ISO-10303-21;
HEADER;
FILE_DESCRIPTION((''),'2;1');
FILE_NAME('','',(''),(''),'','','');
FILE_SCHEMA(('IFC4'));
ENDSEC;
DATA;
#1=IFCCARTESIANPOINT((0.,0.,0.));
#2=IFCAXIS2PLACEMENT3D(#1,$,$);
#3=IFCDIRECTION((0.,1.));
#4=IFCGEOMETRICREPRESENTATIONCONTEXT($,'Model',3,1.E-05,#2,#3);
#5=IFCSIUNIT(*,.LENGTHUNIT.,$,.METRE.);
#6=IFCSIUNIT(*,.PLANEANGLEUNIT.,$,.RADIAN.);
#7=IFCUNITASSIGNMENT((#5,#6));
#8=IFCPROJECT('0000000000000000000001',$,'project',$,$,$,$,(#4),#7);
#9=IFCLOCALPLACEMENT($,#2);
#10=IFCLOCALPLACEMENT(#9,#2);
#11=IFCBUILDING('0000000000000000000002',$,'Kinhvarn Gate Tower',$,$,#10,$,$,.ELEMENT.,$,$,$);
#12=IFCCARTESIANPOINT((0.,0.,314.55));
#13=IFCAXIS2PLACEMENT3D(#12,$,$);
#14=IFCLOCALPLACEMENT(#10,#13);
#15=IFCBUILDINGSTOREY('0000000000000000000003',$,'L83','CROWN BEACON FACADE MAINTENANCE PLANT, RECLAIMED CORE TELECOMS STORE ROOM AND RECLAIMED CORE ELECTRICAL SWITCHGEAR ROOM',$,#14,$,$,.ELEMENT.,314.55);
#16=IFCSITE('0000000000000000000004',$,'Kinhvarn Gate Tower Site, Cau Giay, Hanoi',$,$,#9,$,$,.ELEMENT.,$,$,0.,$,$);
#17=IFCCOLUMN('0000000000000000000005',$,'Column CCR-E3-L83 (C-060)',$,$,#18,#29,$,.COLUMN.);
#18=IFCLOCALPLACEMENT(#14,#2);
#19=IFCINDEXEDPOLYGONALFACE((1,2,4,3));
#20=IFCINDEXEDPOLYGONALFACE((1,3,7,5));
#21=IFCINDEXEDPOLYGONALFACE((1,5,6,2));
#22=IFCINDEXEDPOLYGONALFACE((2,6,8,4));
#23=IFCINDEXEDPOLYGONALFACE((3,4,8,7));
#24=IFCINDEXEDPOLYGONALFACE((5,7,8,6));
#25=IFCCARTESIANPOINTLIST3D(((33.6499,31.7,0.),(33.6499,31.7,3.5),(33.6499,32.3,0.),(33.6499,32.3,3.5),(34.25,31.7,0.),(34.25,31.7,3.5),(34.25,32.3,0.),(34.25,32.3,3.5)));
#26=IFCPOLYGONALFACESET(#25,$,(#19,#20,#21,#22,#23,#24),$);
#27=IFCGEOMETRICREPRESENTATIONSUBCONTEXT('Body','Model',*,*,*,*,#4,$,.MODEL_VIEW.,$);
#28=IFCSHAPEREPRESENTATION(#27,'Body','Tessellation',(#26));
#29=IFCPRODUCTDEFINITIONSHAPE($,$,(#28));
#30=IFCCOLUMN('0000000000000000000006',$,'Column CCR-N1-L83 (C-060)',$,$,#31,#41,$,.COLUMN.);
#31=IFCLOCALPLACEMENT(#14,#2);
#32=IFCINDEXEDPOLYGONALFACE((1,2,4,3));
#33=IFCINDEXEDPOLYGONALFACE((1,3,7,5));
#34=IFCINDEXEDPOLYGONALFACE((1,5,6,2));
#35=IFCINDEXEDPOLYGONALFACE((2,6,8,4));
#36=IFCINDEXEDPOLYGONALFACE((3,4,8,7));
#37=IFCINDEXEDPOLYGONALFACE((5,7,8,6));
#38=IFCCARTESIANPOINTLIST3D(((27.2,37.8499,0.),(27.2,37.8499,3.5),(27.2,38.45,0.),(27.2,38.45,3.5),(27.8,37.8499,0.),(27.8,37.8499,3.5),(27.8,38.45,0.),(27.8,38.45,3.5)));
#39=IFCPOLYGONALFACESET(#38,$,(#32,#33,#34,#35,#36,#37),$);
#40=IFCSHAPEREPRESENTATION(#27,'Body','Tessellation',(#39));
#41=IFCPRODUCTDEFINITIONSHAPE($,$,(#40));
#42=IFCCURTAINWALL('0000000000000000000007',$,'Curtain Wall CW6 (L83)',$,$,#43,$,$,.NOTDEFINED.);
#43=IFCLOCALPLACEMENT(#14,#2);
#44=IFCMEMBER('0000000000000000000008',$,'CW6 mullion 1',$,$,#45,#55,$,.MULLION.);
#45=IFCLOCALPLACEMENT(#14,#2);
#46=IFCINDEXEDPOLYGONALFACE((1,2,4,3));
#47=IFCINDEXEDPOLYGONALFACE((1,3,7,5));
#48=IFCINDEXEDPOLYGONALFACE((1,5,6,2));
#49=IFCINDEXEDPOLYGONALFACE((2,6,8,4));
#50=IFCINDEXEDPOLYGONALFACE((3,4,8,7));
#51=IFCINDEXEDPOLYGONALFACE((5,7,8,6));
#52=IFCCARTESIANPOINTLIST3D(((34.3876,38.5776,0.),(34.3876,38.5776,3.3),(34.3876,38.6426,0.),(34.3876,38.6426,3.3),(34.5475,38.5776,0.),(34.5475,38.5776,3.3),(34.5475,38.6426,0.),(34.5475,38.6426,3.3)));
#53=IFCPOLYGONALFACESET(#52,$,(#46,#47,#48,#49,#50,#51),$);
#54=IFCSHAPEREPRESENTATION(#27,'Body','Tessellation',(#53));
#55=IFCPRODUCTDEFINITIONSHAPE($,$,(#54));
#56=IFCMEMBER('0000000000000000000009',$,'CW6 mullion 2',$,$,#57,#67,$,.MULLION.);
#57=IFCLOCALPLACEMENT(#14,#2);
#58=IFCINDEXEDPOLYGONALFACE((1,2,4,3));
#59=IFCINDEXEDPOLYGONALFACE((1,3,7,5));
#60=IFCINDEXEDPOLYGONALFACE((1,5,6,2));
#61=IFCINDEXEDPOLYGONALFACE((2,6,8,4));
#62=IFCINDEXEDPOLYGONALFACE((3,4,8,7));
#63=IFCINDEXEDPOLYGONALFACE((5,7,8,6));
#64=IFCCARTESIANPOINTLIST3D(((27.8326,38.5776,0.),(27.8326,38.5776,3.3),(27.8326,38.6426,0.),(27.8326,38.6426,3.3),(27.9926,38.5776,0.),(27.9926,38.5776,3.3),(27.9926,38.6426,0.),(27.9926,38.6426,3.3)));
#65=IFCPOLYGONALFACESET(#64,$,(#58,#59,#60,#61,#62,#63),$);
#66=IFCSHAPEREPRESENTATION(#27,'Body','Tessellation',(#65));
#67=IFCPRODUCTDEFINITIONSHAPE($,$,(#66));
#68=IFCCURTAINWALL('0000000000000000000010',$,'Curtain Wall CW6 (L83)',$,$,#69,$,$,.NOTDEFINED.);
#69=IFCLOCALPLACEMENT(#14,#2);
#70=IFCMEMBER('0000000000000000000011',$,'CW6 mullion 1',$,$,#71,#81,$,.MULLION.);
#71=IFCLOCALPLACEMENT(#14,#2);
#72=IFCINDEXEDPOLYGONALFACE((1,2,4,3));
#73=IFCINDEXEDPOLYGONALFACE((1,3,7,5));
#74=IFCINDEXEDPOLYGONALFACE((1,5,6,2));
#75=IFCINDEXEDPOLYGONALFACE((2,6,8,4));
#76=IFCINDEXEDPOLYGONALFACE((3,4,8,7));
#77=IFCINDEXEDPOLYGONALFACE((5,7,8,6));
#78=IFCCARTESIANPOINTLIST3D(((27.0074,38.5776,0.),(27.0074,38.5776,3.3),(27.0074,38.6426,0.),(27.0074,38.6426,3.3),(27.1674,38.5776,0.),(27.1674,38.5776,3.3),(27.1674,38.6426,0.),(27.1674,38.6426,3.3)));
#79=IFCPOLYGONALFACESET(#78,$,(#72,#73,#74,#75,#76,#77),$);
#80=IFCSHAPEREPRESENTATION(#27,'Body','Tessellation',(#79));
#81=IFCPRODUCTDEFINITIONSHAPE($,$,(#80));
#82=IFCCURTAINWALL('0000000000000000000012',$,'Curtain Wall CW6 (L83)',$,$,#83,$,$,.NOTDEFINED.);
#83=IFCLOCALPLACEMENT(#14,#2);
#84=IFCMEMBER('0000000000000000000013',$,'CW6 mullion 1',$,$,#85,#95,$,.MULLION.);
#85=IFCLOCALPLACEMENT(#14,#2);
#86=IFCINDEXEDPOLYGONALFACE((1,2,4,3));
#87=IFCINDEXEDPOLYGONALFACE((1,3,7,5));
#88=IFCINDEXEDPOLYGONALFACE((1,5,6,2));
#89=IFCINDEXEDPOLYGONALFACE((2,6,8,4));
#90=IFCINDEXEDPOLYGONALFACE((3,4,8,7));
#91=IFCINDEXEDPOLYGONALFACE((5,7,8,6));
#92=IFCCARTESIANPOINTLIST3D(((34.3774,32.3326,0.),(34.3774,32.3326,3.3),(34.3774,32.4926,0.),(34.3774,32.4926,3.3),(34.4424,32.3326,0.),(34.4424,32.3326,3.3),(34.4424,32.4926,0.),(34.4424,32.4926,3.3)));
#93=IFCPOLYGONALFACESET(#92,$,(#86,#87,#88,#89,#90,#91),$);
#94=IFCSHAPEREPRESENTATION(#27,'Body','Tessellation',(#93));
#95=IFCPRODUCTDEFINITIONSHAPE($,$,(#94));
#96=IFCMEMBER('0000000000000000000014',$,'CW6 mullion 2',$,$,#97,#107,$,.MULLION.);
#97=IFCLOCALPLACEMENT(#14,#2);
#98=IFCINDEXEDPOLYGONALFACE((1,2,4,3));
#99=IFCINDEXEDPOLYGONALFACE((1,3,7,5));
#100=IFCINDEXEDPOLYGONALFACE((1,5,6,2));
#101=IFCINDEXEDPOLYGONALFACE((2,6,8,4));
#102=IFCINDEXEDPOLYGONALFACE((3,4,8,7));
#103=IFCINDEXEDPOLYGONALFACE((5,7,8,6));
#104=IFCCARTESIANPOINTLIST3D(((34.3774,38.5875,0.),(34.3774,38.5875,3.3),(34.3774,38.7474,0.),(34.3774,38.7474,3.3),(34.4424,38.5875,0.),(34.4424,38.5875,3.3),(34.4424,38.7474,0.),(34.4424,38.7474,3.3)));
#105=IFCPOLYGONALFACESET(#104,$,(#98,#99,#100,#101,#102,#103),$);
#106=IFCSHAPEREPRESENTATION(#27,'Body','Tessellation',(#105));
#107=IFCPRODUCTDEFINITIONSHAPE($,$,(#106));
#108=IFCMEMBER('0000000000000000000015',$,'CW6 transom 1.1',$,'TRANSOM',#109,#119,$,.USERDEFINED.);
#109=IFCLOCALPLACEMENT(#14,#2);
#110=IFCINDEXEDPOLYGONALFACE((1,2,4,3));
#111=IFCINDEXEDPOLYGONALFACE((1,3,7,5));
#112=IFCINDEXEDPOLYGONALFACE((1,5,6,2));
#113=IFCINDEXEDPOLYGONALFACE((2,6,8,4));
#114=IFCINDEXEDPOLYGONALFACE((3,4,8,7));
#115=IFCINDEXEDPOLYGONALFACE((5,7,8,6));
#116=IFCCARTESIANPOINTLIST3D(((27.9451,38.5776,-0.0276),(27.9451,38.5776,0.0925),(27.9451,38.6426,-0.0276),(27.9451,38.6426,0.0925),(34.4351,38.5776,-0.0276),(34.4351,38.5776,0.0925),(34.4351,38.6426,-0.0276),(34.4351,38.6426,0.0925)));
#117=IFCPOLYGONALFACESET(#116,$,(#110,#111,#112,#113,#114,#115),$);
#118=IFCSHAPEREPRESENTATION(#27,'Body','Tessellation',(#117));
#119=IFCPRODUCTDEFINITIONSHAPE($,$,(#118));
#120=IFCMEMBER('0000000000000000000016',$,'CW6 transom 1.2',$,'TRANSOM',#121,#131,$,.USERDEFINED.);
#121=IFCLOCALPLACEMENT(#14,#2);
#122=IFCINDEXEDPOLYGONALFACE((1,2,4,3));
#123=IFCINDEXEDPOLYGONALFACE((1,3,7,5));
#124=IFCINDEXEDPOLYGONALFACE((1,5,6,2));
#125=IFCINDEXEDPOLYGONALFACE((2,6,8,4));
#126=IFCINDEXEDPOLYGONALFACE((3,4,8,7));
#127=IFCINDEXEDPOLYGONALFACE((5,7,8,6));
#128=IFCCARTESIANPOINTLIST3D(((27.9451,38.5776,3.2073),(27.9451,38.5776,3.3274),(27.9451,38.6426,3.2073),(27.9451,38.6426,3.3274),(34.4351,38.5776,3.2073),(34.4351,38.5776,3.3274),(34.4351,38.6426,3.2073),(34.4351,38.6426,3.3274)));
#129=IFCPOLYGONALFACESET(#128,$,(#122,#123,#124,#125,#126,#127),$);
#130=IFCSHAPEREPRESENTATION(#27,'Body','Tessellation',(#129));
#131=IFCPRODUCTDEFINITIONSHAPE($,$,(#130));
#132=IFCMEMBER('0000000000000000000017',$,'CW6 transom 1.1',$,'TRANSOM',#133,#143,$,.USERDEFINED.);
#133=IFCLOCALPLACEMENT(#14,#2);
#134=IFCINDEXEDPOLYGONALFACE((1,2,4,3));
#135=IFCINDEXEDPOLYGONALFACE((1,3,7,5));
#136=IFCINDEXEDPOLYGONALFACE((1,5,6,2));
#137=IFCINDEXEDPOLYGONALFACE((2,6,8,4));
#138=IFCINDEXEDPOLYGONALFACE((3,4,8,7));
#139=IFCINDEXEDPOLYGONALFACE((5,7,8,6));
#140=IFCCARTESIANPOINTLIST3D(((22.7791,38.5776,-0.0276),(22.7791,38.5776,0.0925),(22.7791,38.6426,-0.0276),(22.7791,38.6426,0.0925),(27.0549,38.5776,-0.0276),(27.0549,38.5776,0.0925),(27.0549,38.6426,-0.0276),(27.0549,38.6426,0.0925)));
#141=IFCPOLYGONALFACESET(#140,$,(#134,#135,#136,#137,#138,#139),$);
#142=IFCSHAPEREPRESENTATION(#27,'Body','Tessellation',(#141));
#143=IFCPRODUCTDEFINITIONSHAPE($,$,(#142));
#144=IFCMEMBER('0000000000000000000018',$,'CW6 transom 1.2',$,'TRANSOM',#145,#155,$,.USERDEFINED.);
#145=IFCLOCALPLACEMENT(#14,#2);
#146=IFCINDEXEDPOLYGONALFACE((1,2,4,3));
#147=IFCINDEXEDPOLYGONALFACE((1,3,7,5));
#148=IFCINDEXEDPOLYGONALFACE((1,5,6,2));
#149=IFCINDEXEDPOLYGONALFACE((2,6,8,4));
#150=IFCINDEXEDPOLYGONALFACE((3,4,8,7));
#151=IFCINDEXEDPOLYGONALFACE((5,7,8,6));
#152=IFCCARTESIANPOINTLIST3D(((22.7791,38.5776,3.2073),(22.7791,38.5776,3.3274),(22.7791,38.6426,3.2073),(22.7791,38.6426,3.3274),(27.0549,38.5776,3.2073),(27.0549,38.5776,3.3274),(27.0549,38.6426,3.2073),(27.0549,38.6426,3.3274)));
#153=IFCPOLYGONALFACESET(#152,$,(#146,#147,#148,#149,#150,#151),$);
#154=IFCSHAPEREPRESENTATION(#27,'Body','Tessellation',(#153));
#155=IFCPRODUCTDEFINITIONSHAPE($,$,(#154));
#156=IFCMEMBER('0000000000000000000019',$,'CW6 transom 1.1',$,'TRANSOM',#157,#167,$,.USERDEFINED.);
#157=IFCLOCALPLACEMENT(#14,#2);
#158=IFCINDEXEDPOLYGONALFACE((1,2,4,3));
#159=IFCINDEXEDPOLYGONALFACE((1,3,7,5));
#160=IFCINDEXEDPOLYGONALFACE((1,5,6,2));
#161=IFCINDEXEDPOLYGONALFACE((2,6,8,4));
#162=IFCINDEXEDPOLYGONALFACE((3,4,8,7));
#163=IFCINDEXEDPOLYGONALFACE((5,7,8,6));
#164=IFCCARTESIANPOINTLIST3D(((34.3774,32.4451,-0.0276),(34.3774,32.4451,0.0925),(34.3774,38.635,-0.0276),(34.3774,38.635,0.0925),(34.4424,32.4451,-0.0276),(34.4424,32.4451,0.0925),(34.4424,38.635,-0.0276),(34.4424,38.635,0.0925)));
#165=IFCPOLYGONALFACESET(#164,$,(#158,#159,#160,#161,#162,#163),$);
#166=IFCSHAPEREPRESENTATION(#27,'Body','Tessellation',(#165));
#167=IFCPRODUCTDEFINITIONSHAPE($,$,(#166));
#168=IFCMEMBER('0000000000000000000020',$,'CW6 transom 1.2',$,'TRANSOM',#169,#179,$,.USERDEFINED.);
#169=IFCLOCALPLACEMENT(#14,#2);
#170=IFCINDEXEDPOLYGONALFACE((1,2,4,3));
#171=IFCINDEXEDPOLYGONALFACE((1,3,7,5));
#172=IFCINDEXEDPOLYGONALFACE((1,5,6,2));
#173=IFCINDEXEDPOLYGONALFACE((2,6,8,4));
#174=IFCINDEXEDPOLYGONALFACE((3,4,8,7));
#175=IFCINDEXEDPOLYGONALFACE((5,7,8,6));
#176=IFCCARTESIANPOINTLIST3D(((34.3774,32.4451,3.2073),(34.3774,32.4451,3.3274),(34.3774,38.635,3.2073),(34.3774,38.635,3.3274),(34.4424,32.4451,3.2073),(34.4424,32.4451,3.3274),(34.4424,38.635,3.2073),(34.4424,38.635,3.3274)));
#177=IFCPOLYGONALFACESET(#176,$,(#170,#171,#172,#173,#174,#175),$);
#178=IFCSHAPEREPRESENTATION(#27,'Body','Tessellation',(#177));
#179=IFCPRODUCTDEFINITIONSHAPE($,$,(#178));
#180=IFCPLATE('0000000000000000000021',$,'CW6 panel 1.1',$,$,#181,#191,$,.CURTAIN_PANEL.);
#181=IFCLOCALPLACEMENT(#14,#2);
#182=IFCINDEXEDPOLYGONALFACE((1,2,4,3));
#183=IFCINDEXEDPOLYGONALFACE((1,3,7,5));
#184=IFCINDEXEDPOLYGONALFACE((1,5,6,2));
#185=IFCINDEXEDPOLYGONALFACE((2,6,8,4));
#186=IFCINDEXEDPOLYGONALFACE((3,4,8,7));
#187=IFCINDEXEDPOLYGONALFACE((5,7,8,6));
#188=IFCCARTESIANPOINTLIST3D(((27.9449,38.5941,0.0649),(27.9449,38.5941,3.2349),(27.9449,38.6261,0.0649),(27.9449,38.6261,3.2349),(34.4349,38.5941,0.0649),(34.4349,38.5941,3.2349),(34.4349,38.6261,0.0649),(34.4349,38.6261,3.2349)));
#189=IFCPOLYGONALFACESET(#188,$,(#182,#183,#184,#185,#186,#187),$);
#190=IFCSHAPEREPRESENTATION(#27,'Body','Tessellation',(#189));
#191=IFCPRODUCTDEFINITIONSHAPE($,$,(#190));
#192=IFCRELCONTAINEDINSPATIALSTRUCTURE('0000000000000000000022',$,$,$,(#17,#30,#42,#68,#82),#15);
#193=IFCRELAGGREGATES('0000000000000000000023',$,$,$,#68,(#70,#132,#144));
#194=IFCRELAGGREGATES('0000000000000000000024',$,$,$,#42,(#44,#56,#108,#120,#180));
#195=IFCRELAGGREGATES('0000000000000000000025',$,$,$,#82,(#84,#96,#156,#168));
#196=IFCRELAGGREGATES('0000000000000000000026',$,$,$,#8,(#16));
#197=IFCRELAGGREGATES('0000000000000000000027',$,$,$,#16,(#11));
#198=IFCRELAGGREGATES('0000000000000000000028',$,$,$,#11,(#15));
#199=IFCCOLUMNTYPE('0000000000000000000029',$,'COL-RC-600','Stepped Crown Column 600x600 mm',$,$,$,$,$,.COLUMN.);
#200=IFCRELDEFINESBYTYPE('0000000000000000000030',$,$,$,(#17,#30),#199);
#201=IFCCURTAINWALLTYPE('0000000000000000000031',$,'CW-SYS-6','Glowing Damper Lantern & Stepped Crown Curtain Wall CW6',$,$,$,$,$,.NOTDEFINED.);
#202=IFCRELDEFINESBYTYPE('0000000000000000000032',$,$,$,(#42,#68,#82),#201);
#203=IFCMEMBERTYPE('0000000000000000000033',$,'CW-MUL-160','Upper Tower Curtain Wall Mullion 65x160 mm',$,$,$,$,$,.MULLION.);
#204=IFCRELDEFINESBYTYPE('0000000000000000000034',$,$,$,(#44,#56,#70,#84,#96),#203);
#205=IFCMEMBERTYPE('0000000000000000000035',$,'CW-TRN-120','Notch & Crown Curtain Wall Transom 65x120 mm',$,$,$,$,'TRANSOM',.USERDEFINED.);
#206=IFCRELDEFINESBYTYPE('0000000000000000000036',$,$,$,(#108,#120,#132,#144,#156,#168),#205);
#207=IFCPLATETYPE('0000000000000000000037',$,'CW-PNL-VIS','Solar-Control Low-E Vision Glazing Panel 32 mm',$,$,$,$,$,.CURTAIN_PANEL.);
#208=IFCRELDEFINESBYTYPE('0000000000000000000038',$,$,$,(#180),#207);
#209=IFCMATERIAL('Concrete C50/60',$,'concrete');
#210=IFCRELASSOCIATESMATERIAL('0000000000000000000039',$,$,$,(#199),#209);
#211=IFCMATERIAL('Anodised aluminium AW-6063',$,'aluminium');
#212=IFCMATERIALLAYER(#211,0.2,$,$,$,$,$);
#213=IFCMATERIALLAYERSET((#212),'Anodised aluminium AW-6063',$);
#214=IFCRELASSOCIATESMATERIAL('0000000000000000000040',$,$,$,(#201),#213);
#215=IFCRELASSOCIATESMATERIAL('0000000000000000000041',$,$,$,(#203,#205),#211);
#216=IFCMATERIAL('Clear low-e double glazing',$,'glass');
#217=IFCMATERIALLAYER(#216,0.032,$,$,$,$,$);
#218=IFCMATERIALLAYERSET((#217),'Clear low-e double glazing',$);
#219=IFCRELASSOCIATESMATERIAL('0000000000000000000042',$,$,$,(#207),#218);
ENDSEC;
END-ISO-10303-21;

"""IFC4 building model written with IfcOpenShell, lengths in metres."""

from ifc_helpers import new_model, si_unit, direction, frame, origin, origin_2d, place, context, subcontext, project, spatial, rectangle, extrude, material, layer, layer_set, material_profile, profile_set, type_object, element, aggregate, save


model = new_model("IFC4")

# Units and contexts
model_context = context("Model", 3, precision=1e-05, world=origin(), true_north=direction((0.0, 1.0)))
body_context = subcontext(model_context, "Body", "Model", "MODEL_VIEW")
ifc_project = project(units=[si_unit("LENGTHUNIT", "METRE"), si_unit("PLANEANGLEUNIT", "RADIAN")], contexts=[model_context])

# Site, building, storey
site_placement = place(None, origin())
site = spatial("IfcSite", under=ifc_project, at=site_placement, Name="Kinhvarn Gate Tower Site, Cau Giay, Hanoi", CompositionType="ELEMENT", RefElevation=0.0)
building_placement = place(site_placement, origin())
building = spatial("IfcBuilding", under=site, at=building_placement, Name="Kinhvarn Gate Tower", CompositionType="ELEMENT")
storey_placement = place(building_placement, frame((0.0, 0.0, 314.55)))
storey = spatial("IfcBuildingStorey", under=building, at=storey_placement, Name="L83", Description="CROWN BEACON FACADE MAINTENANCE PLANT, RECLAIMED CORE TELECOMS STORE ROOM AND RECLAIMED CORE ELECTRICAL SWITCHGEAR ROOM", CompositionType="ELEMENT", Elevation=314.55)

# Columns
ifc_material_1 = material(Name="Concrete C50/60", Category="concrete")
ifc_material_profile_1 = material_profile(ifc_material_1, rectangle(XDim=0.6001, YDim=0.6001, at=origin_2d()), Name="RC 600x600")
ifc_profile_set_1 = profile_set([ifc_material_profile_1], Name="Concrete C50/60")
column_type = type_object("IfcColumnType", Name="COL-RC-600", Description="Stepped Crown Column 600x600 mm", PredefinedType="COLUMN", material=ifc_profile_set_1)
for number, where, z_axis, x_axis, name in (
    (1, (33.95, 32.0, 0.0), (0.0, 0.0, 1.0), (1.0, 0.0, 0.0), "Column CCR-E3-L83 (C-060)"),
    (2, (27.5, 38.1499, 0.0), (0.0, 0.0, 1.0), (1.0, 0.0, 0.0), "Column CCR-N1-L83 (C-060)"),
):
    element("IfcColumn", number, at=place(storey_placement, frame(where, z_axis=z_axis, x_axis=x_axis)), inside=storey, type_object=column_type, Name=name, PredefinedType="COLUMN", context=body_context, shape_type="SweptSolid", body=[
        extrude(rectangle(XDim=0.6001, YDim=0.6001, at=origin_2d()), origin(), (0.0, 0.0, 1.0), 3.5),
    ])

# Curtain wall, members
ifc_material_2 = material(Name="Anodised aluminium AW-6063", Category="aluminium")
ifc_layer_1 = layer(ifc_material_2, 0.2)
ifc_layer_set_1 = layer_set([ifc_layer_1], Name="Anodised aluminium AW-6063")
curtain_wall_type = type_object("IfcCurtainWallType", Name="CW-SYS-6", Description="Glowing Damper Lantern & Stepped Crown Curtain Wall CW6", PredefinedType="NOTDEFINED", material=ifc_layer_set_1)
curtain_wall_1_placement = place(storey_placement, origin())
curtain_wall_1 = element("IfcCurtainWall", 3, at=curtain_wall_1_placement, inside=storey, type_object=curtain_wall_type, Name="Curtain Wall CW6 (L83)", PredefinedType="NOTDEFINED")
ifc_material_profile_2 = material_profile(ifc_material_2, rectangle(XDim=0.0649, YDim=0.1599, at=origin_2d()), Name="ALU 65x160")
ifc_profile_set_2 = profile_set([ifc_material_profile_2], Name="Anodised aluminium AW-6063")
member_type_1 = type_object("IfcMemberType", Name="CW-MUL-160", Description="Upper Tower Curtain Wall Mullion 65x160 mm", PredefinedType="MULLION", material=ifc_profile_set_2)
member_1_placement = place(storey_placement, frame((34.4675, 38.6101, 0.0), z_axis=(0.0, 0.0, 1.0), x_axis=(0.0, -1.0, 0.0)))
member_1 = element("IfcMember", 4, at=member_1_placement, type_object=member_type_1, Name="CW6 mullion 1", PredefinedType="MULLION", context=body_context, shape_type="SweptSolid", body=[
    extrude(rectangle(XDim=0.0649, YDim=0.1599, at=origin_2d()), origin(), (0.0, 0.0, 1.0), 3.3),
])
member_2_placement = place(storey_placement, frame((27.9126, 38.6101, 0.0), z_axis=(0.0, 0.0, 1.0), x_axis=(0.0, -1.0, 0.0)))
member_2 = element("IfcMember", 5, at=member_2_placement, type_object=member_type_1, Name="CW6 mullion 2", PredefinedType="MULLION", context=body_context, shape_type="SweptSolid", body=[
    extrude(rectangle(XDim=0.0649, YDim=0.1599, at=origin_2d()), origin(), (0.0, 0.0, 1.0), 3.3),
])

# Curtain wall, member
curtain_wall_2_placement = place(storey_placement, origin())
curtain_wall_2 = element("IfcCurtainWall", 6, at=curtain_wall_2_placement, inside=storey, type_object=curtain_wall_type, Name="Curtain Wall CW6 (L83)", PredefinedType="NOTDEFINED")
member_3_placement = place(storey_placement, frame((27.0874, 38.6101, 0.0), z_axis=(0.0, 0.0, 1.0), x_axis=(0.0, -1.0, 0.0)))
member_3 = element("IfcMember", 7, at=member_3_placement, type_object=member_type_1, Name="CW6 mullion 1", PredefinedType="MULLION", context=body_context, shape_type="SweptSolid", body=[
    extrude(rectangle(XDim=0.0649, YDim=0.1599, at=origin_2d()), origin(), (0.0, 0.0, 1.0), 3.3),
])

# Curtain wall, members
curtain_wall_3_placement = place(storey_placement, origin())
curtain_wall_3 = element("IfcCurtainWall", 8, at=curtain_wall_3_placement, inside=storey, type_object=curtain_wall_type, Name="Curtain Wall CW6 (L83)", PredefinedType="NOTDEFINED")
member_4_placement = place(storey_placement, frame((34.4099, 32.4126, 0.0), z_axis=(0.0, 0.0, 1.0), x_axis=(-1.0, 0.0, 0.0)))
member_4 = element("IfcMember", 9, at=member_4_placement, type_object=member_type_1, Name="CW6 mullion 1", PredefinedType="MULLION", context=body_context, shape_type="SweptSolid", body=[
    extrude(rectangle(XDim=0.0649, YDim=0.1599, at=origin_2d()), origin(), (0.0, 0.0, 1.0), 3.3),
])
member_5_placement = place(storey_placement, frame((34.4099, 38.6675, 0.0), z_axis=(0.0, 0.0, 1.0), x_axis=(-1.0, 0.0, 0.0)))
member_5 = element("IfcMember", 10, at=member_5_placement, type_object=member_type_1, Name="CW6 mullion 2", PredefinedType="MULLION", context=body_context, shape_type="SweptSolid", body=[
    extrude(rectangle(XDim=0.0649, YDim=0.1599, at=origin_2d()), origin(), (0.0, 0.0, 1.0), 3.3),
])

# Members
ifc_material_profile_3 = material_profile(ifc_material_2, rectangle(XDim=0.0649, YDim=0.1201, at=origin_2d()), Name="ALU 65x120")
ifc_profile_set_3 = profile_set([ifc_material_profile_3], Name="Anodised aluminium AW-6063")
member_type_2 = type_object("IfcMemberType", Name="CW-TRN-120", Description="Notch & Crown Curtain Wall Transom 65x120 mm", ElementType="TRANSOM", PredefinedType="USERDEFINED", material=ifc_profile_set_3)
member_6_placement = place(storey_placement, frame((34.4351, 38.6101, 0.0325), z_axis=(-1.0, 0.0, 0.0), x_axis=(0.0, -1.0, 0.0)))
member_6 = element("IfcMember", 11, at=member_6_placement, type_object=member_type_2, Name="CW6 transom 1.1", ObjectType="TRANSOM", PredefinedType="USERDEFINED", context=body_context, shape_type="SweptSolid", body=[
    extrude(rectangle(XDim=0.0649, YDim=0.1201, at=origin_2d()), origin(), (0.0, 0.0, 1.0), 6.49),
])
member_7_placement = place(storey_placement, frame((34.4351, 38.6101, 3.2673), z_axis=(-1.0, 0.0, 0.0), x_axis=(0.0, -1.0, 0.0)))
member_7 = element("IfcMember", 12, at=member_7_placement, type_object=member_type_2, Name="CW6 transom 1.2", ObjectType="TRANSOM", PredefinedType="USERDEFINED", context=body_context, shape_type="SweptSolid", body=[
    extrude(rectangle(XDim=0.0649, YDim=0.1201, at=origin_2d()), origin(), (0.0, 0.0, 1.0), 6.49),
])
member_8_placement = place(storey_placement, frame((27.0549, 38.6101, 0.0325), z_axis=(-1.0, 0.0, 0.0), x_axis=(0.0, -1.0, 0.0)))
member_8 = element("IfcMember", 13, at=member_8_placement, type_object=member_type_2, Name="CW6 transom 1.1", ObjectType="TRANSOM", PredefinedType="USERDEFINED", context=body_context, shape_type="SweptSolid", body=[
    extrude(rectangle(XDim=0.0649, YDim=0.1201, at=origin_2d()), origin(), (0.0, 0.0, 1.0), 4.2759),
])
member_9_placement = place(storey_placement, frame((27.0549, 38.6101, 3.2673), z_axis=(-1.0, 0.0, 0.0), x_axis=(0.0, -1.0, 0.0)))
member_9 = element("IfcMember", 14, at=member_9_placement, type_object=member_type_2, Name="CW6 transom 1.2", ObjectType="TRANSOM", PredefinedType="USERDEFINED", context=body_context, shape_type="SweptSolid", body=[
    extrude(rectangle(XDim=0.0649, YDim=0.1201, at=origin_2d()), origin(), (0.0, 0.0, 1.0), 4.2759),
])
aggregate(curtain_wall_2, [member_3, member_8, member_9])
member_10_placement = place(storey_placement, frame((34.4099, 32.4451, 0.0325), z_axis=(0.0, 1.0, 0.0), x_axis=(-1.0, 0.0, 0.0)))
member_10 = element("IfcMember", 15, at=member_10_placement, type_object=member_type_2, Name="CW6 transom 1.1", ObjectType="TRANSOM", PredefinedType="USERDEFINED", context=body_context, shape_type="SweptSolid", body=[
    extrude(rectangle(XDim=0.0649, YDim=0.1201, at=origin_2d()), origin(), (0.0, 0.0, 1.0), 6.1899),
])
member_11_placement = place(storey_placement, frame((34.4099, 32.4451, 3.2673), z_axis=(0.0, 1.0, 0.0), x_axis=(-1.0, 0.0, 0.0)))
member_11 = element("IfcMember", 16, at=member_11_placement, type_object=member_type_2, Name="CW6 transom 1.2", ObjectType="TRANSOM", PredefinedType="USERDEFINED", context=body_context, shape_type="SweptSolid", body=[
    extrude(rectangle(XDim=0.0649, YDim=0.1201, at=origin_2d()), origin(), (0.0, 0.0, 1.0), 6.1899),
])

# Plate
ifc_material_3 = material(Name="Clear low-e double glazing", Category="glass")
ifc_layer_2 = layer(ifc_material_3, 0.032)
ifc_layer_set_2 = layer_set([ifc_layer_2], Name="Clear low-e double glazing")
plate_type = type_object("IfcPlateType", Name="CW-PNL-VIS", Description="Solar-Control Low-E Vision Glazing Panel 32 mm", PredefinedType="CURTAIN_PANEL", material=ifc_layer_set_2)
plate_1_placement = place(storey_placement, frame((31.1899, 38.6101, 0.0649), z_axis=(0.0, 0.0, 1.0), x_axis=(-1.0, 0.0, 0.0)))
plate_1 = element("IfcPlate", 17, at=plate_1_placement, type_object=plate_type, Name="CW6 panel 1.1", PredefinedType="CURTAIN_PANEL", context=body_context, shape_type="SweptSolid", body=[
    extrude(rectangle(XDim=6.49, YDim=0.032, at=origin_2d()), origin(), (0.0, 0.0, 1.0), 3.1699),
])
aggregate(curtain_wall_1, [member_1, member_2, member_6, member_7, plate_1])
aggregate(curtain_wall_3, [member_4, member_5, member_10, member_11])

save(model, "model.ifc")
